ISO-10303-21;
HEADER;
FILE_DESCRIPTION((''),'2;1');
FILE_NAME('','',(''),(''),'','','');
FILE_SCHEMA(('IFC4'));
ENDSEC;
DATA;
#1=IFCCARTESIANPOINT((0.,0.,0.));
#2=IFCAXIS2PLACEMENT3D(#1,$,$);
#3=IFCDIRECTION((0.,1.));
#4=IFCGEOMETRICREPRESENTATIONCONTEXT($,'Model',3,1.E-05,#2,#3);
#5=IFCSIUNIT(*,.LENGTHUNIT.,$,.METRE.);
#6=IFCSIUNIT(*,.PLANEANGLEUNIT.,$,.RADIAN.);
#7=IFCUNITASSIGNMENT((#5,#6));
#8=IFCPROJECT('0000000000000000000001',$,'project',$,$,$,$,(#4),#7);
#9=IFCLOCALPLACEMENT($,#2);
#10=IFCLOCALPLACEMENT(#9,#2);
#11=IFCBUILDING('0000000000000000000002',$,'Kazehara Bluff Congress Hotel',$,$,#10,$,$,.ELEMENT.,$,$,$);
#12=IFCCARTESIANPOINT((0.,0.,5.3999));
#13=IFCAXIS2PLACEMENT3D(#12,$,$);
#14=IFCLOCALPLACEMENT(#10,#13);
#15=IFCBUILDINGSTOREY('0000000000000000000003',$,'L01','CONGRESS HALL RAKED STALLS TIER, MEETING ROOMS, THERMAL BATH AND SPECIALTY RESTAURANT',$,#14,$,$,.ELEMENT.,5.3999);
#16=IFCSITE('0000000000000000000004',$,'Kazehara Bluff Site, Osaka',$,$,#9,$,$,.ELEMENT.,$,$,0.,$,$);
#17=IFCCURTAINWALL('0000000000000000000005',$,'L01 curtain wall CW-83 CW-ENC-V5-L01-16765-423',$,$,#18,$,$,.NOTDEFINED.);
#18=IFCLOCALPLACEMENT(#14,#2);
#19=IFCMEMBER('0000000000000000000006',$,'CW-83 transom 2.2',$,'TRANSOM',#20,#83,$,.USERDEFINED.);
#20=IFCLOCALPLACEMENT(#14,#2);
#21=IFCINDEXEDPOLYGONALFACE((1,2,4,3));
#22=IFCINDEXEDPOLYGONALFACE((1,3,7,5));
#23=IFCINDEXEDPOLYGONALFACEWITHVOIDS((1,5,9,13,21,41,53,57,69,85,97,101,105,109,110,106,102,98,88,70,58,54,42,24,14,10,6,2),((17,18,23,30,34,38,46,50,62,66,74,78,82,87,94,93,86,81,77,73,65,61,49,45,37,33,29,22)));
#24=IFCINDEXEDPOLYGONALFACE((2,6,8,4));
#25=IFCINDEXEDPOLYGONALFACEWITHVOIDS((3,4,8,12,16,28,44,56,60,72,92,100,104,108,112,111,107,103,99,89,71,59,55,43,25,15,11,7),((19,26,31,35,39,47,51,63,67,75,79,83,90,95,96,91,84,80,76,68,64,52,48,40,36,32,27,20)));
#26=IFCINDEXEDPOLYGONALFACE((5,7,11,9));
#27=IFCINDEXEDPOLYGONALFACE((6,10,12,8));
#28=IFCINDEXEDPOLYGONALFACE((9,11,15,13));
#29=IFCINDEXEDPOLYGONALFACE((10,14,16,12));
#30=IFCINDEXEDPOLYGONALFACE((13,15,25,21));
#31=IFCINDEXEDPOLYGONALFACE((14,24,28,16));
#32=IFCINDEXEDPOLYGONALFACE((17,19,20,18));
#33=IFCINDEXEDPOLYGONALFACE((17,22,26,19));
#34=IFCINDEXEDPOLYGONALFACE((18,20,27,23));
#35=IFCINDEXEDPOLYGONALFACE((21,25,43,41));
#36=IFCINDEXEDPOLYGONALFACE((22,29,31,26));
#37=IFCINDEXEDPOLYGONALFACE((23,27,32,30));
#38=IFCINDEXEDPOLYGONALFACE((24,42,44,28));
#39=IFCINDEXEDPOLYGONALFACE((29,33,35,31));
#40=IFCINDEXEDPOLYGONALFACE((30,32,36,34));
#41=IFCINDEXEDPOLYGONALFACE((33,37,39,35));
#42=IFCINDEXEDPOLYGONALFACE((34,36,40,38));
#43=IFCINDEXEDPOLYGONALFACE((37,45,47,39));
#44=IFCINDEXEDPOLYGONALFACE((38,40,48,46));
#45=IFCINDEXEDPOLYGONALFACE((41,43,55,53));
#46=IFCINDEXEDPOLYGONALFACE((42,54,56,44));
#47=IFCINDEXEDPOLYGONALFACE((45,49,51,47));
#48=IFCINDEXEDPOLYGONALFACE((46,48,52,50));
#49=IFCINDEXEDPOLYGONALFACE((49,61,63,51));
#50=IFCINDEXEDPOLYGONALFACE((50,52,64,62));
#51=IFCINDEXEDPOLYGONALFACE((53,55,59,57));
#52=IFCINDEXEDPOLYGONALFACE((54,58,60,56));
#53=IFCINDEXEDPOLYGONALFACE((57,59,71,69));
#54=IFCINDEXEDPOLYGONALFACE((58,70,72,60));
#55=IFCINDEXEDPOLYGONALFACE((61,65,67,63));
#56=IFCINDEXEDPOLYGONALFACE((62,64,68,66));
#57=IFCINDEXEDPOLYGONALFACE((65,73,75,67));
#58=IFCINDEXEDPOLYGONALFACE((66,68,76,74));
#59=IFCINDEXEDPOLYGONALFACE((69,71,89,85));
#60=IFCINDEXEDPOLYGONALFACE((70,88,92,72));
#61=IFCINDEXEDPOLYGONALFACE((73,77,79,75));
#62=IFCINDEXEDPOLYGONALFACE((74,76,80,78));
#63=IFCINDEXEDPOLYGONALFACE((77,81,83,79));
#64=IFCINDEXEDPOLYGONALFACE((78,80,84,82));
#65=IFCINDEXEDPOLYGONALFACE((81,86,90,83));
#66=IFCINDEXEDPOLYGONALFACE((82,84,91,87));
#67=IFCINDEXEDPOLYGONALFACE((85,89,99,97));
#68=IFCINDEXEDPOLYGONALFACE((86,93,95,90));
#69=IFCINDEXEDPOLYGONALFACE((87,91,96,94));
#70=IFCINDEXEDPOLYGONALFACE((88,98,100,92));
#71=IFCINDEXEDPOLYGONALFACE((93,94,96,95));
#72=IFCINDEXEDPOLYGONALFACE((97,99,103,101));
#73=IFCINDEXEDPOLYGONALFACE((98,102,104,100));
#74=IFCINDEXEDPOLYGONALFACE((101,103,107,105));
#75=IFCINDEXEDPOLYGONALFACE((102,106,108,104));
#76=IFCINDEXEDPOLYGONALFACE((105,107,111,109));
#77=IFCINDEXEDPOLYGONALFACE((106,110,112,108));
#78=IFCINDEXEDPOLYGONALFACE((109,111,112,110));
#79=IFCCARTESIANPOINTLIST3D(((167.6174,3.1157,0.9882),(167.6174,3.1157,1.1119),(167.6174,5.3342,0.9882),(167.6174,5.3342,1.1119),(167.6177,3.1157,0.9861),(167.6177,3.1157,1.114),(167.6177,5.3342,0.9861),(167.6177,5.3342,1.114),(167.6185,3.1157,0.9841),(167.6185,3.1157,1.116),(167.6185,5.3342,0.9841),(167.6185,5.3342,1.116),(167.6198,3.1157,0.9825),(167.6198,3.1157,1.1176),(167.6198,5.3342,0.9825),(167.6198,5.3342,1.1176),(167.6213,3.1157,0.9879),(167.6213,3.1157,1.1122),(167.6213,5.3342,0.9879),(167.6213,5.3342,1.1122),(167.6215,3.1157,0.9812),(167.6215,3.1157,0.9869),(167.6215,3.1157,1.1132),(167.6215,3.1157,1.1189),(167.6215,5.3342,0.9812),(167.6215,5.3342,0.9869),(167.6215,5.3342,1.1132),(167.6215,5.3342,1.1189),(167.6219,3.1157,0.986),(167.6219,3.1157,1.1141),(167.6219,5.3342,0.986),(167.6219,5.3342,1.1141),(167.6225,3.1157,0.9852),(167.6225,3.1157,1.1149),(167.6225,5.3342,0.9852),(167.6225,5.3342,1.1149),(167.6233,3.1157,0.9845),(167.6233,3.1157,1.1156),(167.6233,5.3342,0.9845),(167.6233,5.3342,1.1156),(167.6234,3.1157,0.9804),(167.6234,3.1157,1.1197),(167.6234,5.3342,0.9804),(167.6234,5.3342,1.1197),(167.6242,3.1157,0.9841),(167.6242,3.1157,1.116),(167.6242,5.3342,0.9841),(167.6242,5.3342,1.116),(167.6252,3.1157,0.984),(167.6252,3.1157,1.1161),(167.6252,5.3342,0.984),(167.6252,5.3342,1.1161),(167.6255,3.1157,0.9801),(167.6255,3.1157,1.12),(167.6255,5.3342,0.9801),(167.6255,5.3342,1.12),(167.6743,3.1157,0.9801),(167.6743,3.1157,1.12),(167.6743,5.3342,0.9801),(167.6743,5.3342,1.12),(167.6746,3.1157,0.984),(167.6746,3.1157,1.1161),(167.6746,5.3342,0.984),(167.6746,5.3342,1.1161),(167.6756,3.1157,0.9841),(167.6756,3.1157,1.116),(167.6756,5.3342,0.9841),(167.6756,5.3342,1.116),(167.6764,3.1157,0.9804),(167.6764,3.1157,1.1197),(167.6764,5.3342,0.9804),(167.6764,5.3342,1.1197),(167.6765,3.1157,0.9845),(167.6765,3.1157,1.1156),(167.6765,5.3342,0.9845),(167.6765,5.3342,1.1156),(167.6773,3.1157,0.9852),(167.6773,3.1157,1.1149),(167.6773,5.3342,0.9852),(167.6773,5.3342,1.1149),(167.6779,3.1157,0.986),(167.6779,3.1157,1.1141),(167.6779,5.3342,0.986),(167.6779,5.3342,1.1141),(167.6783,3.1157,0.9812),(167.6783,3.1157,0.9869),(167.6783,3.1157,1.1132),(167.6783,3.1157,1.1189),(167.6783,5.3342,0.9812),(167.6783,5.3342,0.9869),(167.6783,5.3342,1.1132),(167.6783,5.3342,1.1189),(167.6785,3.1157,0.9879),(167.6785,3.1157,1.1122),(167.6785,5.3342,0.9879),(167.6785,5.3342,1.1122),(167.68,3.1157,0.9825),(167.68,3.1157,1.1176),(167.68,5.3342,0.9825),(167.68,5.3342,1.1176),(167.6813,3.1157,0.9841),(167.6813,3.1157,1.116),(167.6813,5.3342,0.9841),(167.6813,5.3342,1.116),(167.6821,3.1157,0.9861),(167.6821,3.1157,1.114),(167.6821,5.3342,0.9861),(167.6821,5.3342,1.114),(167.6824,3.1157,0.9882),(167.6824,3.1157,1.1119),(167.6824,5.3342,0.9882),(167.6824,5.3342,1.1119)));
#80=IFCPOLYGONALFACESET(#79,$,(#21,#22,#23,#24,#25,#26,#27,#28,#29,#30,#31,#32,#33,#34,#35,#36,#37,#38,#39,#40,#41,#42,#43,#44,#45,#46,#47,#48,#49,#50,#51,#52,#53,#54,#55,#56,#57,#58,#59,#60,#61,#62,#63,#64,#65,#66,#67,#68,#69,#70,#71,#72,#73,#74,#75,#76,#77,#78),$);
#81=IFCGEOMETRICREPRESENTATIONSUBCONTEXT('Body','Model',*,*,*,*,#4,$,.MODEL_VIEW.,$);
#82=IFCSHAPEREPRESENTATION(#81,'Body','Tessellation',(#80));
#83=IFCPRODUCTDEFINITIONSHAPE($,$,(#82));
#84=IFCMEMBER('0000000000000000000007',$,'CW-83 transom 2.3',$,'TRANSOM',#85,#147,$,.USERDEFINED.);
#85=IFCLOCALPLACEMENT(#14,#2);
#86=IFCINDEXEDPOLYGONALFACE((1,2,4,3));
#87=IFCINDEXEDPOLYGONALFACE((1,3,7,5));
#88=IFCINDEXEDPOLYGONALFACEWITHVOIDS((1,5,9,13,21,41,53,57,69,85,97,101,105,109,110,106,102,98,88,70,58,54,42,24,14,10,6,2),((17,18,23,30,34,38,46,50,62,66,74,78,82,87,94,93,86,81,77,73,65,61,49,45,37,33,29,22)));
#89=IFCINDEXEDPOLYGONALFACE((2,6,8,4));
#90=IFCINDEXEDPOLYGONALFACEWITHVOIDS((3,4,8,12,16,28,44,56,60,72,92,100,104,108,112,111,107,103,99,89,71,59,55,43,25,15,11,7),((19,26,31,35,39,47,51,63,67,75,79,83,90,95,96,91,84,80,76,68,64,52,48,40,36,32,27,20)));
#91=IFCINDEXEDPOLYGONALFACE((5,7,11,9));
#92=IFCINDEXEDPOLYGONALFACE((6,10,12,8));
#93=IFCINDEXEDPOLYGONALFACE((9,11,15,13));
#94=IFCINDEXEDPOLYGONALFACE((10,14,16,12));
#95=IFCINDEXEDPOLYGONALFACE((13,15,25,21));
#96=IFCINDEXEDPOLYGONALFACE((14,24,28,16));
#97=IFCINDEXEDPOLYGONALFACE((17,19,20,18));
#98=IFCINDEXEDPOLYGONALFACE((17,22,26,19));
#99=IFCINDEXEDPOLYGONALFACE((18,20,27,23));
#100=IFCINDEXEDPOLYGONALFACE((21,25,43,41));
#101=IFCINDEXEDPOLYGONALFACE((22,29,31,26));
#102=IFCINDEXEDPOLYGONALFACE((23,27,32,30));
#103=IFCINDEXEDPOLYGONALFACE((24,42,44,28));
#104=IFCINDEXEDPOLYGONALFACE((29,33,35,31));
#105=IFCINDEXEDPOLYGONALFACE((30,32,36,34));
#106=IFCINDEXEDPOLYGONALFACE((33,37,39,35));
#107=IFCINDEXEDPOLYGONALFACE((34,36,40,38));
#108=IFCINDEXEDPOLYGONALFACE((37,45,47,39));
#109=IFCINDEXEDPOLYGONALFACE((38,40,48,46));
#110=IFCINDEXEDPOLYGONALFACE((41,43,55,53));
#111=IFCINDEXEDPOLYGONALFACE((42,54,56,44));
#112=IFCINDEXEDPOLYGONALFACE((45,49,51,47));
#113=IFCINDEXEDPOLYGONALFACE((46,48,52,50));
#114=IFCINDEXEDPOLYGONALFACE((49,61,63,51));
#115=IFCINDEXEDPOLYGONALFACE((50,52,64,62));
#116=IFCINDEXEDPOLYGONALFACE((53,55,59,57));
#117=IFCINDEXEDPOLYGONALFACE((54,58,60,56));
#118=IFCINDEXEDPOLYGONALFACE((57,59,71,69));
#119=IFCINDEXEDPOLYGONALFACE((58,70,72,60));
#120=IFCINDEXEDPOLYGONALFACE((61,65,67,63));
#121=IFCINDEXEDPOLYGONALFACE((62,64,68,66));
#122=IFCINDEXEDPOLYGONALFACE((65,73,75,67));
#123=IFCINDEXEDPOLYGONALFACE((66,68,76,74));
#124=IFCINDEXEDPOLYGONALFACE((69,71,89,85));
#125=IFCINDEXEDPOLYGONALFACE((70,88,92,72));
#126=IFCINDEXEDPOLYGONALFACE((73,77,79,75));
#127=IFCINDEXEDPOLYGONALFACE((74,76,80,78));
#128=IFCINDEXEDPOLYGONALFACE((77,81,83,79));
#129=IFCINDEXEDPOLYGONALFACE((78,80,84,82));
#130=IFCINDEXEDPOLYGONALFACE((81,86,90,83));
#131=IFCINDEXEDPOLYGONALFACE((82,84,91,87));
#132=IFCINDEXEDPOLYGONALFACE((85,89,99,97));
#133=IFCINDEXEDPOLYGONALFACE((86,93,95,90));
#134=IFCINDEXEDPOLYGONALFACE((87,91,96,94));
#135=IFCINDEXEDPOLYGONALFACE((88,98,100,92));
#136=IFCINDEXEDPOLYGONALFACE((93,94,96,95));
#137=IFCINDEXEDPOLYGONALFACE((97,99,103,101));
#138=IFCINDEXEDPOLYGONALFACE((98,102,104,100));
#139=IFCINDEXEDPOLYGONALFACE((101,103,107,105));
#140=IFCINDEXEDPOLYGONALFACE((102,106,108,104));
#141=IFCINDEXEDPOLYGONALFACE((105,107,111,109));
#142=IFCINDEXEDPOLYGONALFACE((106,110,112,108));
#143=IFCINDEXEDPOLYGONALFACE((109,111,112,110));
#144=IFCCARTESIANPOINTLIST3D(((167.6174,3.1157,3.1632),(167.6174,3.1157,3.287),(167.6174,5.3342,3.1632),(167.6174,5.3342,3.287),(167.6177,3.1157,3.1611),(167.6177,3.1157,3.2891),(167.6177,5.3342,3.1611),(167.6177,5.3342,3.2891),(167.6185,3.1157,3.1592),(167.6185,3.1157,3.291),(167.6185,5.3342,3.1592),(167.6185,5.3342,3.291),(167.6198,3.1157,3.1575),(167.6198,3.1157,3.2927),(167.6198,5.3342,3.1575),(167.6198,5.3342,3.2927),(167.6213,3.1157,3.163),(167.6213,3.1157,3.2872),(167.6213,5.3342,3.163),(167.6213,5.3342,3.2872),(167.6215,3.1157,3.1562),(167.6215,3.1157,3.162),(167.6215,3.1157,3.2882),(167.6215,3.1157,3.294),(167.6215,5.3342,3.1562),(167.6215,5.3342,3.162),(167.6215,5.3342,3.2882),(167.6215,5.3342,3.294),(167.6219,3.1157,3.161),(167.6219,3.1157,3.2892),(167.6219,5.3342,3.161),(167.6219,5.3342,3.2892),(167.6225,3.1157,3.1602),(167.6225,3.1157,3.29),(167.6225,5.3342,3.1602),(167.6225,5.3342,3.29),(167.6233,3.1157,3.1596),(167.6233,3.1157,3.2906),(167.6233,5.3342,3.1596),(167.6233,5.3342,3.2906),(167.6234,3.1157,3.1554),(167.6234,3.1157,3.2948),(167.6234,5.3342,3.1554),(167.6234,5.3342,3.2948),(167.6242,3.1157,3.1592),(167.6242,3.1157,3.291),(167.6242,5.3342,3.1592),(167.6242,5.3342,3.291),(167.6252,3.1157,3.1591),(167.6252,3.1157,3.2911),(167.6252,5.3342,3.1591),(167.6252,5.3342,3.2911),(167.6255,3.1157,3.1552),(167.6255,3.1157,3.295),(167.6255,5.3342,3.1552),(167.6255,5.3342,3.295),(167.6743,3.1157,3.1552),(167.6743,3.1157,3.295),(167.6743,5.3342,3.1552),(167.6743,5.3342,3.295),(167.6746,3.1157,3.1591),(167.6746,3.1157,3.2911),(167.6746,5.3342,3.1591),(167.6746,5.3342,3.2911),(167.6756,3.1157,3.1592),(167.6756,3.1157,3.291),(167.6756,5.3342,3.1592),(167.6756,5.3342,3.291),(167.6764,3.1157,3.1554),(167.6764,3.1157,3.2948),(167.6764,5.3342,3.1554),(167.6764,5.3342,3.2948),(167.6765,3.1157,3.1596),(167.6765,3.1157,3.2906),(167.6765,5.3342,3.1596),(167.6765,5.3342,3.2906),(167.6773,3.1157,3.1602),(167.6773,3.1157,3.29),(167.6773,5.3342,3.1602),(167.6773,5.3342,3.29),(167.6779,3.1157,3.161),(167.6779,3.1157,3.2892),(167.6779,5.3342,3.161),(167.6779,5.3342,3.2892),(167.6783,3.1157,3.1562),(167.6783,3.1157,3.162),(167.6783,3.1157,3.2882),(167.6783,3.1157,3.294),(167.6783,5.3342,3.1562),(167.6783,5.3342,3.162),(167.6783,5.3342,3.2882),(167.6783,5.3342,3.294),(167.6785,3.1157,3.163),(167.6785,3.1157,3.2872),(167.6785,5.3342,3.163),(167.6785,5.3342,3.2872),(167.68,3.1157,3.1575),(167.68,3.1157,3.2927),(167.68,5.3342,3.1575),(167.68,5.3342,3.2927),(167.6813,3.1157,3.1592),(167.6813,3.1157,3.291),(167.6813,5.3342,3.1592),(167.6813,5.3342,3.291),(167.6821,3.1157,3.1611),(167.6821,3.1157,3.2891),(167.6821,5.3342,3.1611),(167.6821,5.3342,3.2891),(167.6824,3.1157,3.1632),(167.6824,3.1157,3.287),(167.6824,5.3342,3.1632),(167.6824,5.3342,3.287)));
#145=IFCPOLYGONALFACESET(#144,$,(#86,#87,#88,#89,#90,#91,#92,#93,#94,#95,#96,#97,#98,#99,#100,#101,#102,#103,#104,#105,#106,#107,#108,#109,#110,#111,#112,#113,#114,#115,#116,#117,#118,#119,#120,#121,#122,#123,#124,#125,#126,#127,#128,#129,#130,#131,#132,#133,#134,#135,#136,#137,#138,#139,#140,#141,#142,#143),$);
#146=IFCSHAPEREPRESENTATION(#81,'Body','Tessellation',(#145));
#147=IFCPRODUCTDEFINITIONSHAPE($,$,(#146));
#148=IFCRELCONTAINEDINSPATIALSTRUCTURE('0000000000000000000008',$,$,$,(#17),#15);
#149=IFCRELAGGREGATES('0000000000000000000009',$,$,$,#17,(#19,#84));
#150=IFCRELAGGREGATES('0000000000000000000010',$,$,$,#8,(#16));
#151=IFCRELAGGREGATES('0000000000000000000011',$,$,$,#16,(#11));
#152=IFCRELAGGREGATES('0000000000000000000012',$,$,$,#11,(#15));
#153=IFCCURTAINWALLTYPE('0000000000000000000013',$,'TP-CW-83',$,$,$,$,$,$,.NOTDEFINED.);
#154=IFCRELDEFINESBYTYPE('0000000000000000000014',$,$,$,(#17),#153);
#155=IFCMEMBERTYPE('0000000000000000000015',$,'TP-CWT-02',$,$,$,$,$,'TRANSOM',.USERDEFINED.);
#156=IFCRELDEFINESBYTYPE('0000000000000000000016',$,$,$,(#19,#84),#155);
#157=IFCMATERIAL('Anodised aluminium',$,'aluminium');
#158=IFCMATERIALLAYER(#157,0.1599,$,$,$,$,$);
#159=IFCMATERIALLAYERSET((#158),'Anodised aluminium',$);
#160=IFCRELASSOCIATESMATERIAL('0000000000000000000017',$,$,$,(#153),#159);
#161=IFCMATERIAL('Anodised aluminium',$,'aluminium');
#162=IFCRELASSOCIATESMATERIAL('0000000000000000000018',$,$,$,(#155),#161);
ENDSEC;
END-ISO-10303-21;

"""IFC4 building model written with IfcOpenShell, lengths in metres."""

from ifc_helpers import new_model, si_unit, direction, frame, origin, origin_2d, place, context, subcontext, project, spatial, hollow_rectangle, extrude, material, layer, layer_set, material_profile, profile_set, type_object, element, aggregate, save


model = new_model("IFC4")

# Units and contexts
model_context = context("Model", 3, precision=1e-05, world=origin(), true_north=direction((0.0, 1.0)))
body_context = subcontext(model_context, "Body", "Model", "MODEL_VIEW")
ifc_project = project(units=[si_unit("LENGTHUNIT", "METRE"), si_unit("PLANEANGLEUNIT", "RADIAN")], contexts=[model_context])

# Site, building, storey
site_placement = place(None, origin())
site = spatial("IfcSite", under=ifc_project, at=site_placement, Name="Kazehara Bluff Site, Osaka", CompositionType="ELEMENT", RefElevation=0.0)
building_placement = place(site_placement, origin())
building = spatial("IfcBuilding", under=site, at=building_placement, Name="Kazehara Bluff Congress Hotel", CompositionType="ELEMENT")
storey_placement = place(building_placement, frame((0.0, 0.0, 5.3999)))
storey = spatial("IfcBuildingStorey", under=building, at=storey_placement, Name="L01", Description="CONGRESS HALL RAKED STALLS TIER, MEETING ROOMS, THERMAL BATH AND SPECIALTY RESTAURANT", CompositionType="ELEMENT", Elevation=5.3999)

# Curtain wall
ifc_material_1 = material(Name="Anodised aluminium", Category="aluminium")
ifc_layer_1 = layer(ifc_material_1, 0.1599)
ifc_layer_set_1 = layer_set([ifc_layer_1], Name="Anodised aluminium")
curtain_wall_type_1 = type_object("IfcCurtainWallType", Name="TP-CW-83", PredefinedType="NOTDEFINED", material=ifc_layer_set_1)
curtain_wall_1_placement = place(storey_placement, origin())
curtain_wall_1 = element("IfcCurtainWall", 1, at=curtain_wall_1_placement, inside=storey, type_object=curtain_wall_type_1, Name="L01 curtain wall CW-83 CW-ENC-V5-L01-16765-423", PredefinedType="NOTDEFINED")

# Members
ifc_material_2 = material(Name="Anodised aluminium", Category="aluminium")
ifc_material_profile_1 = material_profile(ifc_material_2, hollow_rectangle(XDim=0.0649, YDim=0.1399, WallThickness=0.0039, InnerFilletRadius=0.0039, OuterFilletRadius=0.0081, at=origin_2d()))
ifc_profile_set_1 = profile_set([ifc_material_profile_1], Name="Anodised aluminium")
member_type_1 = type_object("IfcMemberType", Name="TP-CWT-02", ElementType="TRANSOM", PredefinedType="USERDEFINED", material=ifc_profile_set_1)
member_1_placement = place(storey_placement, frame((167.6499, 5.3342, 1.05), z_axis=(0.0, -1.0, 0.0), x_axis=(1.0, 0.0, 0.0)))
member_1 = element("IfcMember", 2, at=member_1_placement, type_object=member_type_1, Name="CW-83 transom 2.2", ObjectType="TRANSOM", PredefinedType="USERDEFINED", context=body_context, shape_type="SweptSolid", body=[
    extrude(hollow_rectangle(XDim=0.0649, YDim=0.1399, WallThickness=0.0039, InnerFilletRadius=0.0039, OuterFilletRadius=0.0081, at=origin_2d()), origin(), (0.0, 0.0, 1.0), 2.2185),
])
member_2_placement = place(storey_placement, frame((167.6499, 5.3342, 3.2251), z_axis=(0.0, -1.0, 0.0), x_axis=(1.0, 0.0, 0.0)))
member_2 = element("IfcMember", 3, at=member_2_placement, type_object=member_type_1, Name="CW-83 transom 2.3", ObjectType="TRANSOM", PredefinedType="USERDEFINED", context=body_context, shape_type="SweptSolid", body=[
    extrude(hollow_rectangle(XDim=0.0649, YDim=0.1399, WallThickness=0.0039, InnerFilletRadius=0.0039, OuterFilletRadius=0.0081, at=origin_2d()), origin(), (0.0, 0.0, 1.0), 2.2185),
])

aggregate(curtain_wall_1, [member_1, member_2])

save(model, "model.ifc")
